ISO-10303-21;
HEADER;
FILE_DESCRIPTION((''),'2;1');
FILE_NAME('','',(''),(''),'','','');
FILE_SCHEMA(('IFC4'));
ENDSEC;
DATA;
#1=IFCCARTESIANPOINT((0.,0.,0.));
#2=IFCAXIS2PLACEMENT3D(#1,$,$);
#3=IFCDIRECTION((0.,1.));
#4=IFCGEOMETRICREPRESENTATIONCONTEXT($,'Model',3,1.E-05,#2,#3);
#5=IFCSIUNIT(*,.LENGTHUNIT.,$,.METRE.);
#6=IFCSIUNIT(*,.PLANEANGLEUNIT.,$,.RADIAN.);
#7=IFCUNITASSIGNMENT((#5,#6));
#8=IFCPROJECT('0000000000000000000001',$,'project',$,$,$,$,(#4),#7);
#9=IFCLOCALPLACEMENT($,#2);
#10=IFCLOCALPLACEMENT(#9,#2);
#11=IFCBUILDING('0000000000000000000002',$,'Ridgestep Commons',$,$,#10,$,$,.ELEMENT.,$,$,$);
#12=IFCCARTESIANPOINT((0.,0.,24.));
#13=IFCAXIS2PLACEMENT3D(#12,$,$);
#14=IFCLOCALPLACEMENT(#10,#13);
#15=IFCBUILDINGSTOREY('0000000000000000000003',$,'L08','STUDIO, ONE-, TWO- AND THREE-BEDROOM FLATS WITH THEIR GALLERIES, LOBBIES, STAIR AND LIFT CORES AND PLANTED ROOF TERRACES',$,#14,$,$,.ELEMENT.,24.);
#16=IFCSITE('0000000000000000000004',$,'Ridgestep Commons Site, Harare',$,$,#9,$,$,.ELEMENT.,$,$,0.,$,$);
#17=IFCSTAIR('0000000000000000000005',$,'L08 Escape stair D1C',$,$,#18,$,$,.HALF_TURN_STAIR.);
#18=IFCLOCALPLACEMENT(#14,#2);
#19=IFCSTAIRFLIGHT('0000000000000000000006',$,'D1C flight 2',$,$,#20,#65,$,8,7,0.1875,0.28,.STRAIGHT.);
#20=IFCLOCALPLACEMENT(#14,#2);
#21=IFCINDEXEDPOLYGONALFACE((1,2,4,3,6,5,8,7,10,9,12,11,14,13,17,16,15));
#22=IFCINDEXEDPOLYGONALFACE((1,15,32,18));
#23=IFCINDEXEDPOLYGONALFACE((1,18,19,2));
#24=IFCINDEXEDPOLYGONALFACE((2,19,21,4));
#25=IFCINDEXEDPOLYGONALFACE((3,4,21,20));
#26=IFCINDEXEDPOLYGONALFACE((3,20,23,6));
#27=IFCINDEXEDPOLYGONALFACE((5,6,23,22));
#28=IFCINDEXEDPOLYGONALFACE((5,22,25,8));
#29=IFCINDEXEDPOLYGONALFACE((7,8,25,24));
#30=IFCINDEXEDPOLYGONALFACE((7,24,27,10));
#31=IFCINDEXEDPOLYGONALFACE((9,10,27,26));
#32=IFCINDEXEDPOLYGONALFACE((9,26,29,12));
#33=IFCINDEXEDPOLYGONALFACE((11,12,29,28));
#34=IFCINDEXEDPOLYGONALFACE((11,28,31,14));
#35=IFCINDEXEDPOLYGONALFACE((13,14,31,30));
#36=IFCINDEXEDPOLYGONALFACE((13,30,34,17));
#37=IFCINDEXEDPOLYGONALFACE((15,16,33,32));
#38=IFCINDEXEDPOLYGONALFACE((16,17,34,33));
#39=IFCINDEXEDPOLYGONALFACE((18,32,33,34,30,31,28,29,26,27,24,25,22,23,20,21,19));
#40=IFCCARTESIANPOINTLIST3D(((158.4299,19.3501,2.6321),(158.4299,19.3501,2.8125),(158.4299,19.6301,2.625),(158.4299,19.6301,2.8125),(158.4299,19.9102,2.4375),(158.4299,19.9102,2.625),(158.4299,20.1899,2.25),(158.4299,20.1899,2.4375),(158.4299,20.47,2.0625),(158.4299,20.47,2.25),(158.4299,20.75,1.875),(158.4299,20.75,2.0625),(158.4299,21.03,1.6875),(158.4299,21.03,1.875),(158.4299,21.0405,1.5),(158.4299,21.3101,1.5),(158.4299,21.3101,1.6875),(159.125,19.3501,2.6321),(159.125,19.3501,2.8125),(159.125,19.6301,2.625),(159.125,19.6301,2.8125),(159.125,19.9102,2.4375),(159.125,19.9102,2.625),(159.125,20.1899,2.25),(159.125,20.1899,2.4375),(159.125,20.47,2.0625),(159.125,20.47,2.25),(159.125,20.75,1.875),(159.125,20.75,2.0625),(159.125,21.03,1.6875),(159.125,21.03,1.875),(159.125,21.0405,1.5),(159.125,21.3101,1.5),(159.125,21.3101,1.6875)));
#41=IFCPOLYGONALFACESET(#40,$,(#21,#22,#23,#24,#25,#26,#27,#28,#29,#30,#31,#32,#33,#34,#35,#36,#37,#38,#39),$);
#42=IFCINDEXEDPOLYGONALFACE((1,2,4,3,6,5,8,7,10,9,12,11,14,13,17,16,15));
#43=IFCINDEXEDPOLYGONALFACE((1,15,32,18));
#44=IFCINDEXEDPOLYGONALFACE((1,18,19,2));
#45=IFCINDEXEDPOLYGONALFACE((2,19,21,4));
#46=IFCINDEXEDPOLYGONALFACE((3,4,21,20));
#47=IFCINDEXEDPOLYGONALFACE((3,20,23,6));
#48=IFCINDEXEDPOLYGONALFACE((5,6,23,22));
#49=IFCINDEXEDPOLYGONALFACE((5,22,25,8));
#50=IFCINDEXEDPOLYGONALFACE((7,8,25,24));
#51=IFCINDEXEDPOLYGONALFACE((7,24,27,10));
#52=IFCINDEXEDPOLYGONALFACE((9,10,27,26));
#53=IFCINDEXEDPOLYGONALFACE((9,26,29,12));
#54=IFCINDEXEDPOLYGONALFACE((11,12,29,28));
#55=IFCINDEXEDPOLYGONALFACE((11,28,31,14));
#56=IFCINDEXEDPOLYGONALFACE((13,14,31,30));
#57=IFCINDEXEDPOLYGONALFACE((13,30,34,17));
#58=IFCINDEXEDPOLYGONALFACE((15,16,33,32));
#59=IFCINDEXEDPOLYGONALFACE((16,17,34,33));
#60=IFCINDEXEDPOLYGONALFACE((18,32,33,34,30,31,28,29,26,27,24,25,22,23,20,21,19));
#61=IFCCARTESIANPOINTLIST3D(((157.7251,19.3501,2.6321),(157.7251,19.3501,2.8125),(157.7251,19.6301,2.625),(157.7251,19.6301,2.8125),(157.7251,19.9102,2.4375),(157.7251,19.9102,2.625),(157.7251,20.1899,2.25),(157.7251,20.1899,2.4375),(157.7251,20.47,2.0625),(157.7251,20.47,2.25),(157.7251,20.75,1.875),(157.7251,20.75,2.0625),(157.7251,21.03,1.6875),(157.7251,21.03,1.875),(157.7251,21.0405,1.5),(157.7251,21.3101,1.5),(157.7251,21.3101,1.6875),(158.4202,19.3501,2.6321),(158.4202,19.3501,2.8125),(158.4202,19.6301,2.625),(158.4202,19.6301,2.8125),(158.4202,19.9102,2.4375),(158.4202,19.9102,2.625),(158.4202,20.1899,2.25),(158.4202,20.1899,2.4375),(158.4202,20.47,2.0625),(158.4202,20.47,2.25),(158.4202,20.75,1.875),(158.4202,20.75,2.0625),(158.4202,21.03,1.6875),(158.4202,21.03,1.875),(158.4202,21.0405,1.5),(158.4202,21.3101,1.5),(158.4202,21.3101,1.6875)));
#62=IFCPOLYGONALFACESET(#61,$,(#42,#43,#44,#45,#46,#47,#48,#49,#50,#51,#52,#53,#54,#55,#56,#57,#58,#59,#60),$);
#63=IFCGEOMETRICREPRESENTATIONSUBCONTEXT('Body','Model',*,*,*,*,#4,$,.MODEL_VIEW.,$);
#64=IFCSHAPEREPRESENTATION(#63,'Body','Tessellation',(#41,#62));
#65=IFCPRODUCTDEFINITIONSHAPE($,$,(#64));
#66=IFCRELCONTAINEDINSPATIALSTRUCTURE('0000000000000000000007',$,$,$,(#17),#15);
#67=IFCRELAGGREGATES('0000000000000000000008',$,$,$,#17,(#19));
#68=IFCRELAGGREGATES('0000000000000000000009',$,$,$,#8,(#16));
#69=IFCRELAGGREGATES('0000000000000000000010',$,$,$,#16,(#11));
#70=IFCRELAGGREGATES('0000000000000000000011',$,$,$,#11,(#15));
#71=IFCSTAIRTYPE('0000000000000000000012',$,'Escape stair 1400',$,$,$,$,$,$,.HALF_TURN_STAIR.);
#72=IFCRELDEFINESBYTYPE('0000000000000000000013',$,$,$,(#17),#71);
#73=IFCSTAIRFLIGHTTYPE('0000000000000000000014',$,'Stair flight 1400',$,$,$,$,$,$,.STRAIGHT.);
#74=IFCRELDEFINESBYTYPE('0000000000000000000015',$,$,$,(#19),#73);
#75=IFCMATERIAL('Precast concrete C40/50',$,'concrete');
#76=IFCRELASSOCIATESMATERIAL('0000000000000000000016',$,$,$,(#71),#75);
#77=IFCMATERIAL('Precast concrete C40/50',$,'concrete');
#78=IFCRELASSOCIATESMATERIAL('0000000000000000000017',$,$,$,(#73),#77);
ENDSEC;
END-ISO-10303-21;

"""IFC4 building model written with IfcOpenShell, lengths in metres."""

from ifc_helpers import new_model, si_unit, direction, frame, origin, place, context, subcontext, project, spatial, polyline, outline, extrude, material, type_object, element, aggregate, save


model = new_model("IFC4")

# Units and contexts
model_context = context("Model", 3, precision=1e-05, world=origin(), true_north=direction((0.0, 1.0)))
body_context = subcontext(model_context, "Body", "Model", "MODEL_VIEW")
ifc_project = project(units=[si_unit("LENGTHUNIT", "METRE"), si_unit("PLANEANGLEUNIT", "RADIAN")], contexts=[model_context])

# Site, building, storey
site_placement = place(None, origin())
site = spatial("IfcSite", under=ifc_project, at=site_placement, Name="Ridgestep Commons Site, Harare", CompositionType="ELEMENT", RefElevation=0.0)
building_placement = place(site_placement, origin())
building = spatial("IfcBuilding", under=site, at=building_placement, Name="Ridgestep Commons", CompositionType="ELEMENT")
storey_placement = place(building_placement, frame((0.0, 0.0, 24.0)))
storey = spatial("IfcBuildingStorey", under=building, at=storey_placement, Name="L08", Description="STUDIO, ONE-, TWO- AND THREE-BEDROOM FLATS WITH THEIR GALLERIES, LOBBIES, STAIR AND LIFT CORES AND PLANTED ROOF TERRACES", CompositionType="ELEMENT", Elevation=24.0)

# Stair, stair flight
ifc_material_1 = material(Name="Precast concrete C40/50", Category="concrete")
stair_type = type_object("IfcStairType", Name="Escape stair 1400", PredefinedType="HALF_TURN_STAIR", material=ifc_material_1)
stair_placement = place(storey_placement, origin())
stair = element("IfcStair", 1, at=stair_placement, inside=storey, type_object=stair_type, Name="L08 Escape stair D1C", PredefinedType="HALF_TURN_STAIR")
ifc_material_2 = material(Name="Precast concrete C40/50", Category="concrete")
stair_flight_type = type_object("IfcStairFlightType", Name="Stair flight 1400", PredefinedType="STRAIGHT", material=ifc_material_2)
stair_flight_1_placement = place(storey_placement, frame((158.425, 21.3101, 1.5), z_axis=(0.0, 0.0, 1.0), x_axis=(0.0, -1.0, 0.0)))
stair_flight_1 = element("IfcStairFlight", 2, at=stair_flight_1_placement, type_object=stair_flight_type, Name="D1C flight 2", NumberOfRisers=8, NumberOfTreads=7, PredefinedType="STRAIGHT", RiserHeight=0.1875, TreadLength=0.28, context=body_context, shape_type="SweptSolid", body=[
    extrude(outline(polyline([(0.0, 0.0), (0.0, 0.1875), (0.28, 0.1875), (0.28, 0.375), (0.5601, 0.375), (0.5601, 0.5625), (0.8401, 0.5625), (0.8401, 0.75), (1.1201, 0.75), (1.1201, 0.9375), (1.3999, 0.9375), (1.3999, 1.125), (1.6799, 1.125), (1.6799, 1.3125), (1.96, 1.3125), (1.96, 1.5), (1.96, 1.1321), (0.2695, 0.0), (0.0, 0.0)])), frame((0.0, 0.7, 0.0), z_axis=(0.0, -1.0, 0.0), x_axis=(1.0, 0.0, 0.0)), (0.0, 0.0, 1.0), 0.6951),
    extrude(outline(polyline([(0.0, 0.0), (0.0, 0.1875), (0.28, 0.1875), (0.28, 0.375), (0.5601, 0.375), (0.5601, 0.5625), (0.8401, 0.5625), (0.8401, 0.75), (1.1201, 0.75), (1.1201, 0.9375), (1.3999, 0.9375), (1.3999, 1.125), (1.6799, 1.125), (1.6799, 1.3125), (1.96, 1.3125), (1.96, 1.5), (1.96, 1.1321), (0.2695, 0.0), (0.0, 0.0)])), frame((0.0, -0.0049, 0.0), z_axis=(0.0, -1.0, 0.0), x_axis=(1.0, 0.0, 0.0)), (0.0, 0.0, 1.0), 0.6951),
])
aggregate(stair, [stair_flight_1])

save(model, "model.ifc")
